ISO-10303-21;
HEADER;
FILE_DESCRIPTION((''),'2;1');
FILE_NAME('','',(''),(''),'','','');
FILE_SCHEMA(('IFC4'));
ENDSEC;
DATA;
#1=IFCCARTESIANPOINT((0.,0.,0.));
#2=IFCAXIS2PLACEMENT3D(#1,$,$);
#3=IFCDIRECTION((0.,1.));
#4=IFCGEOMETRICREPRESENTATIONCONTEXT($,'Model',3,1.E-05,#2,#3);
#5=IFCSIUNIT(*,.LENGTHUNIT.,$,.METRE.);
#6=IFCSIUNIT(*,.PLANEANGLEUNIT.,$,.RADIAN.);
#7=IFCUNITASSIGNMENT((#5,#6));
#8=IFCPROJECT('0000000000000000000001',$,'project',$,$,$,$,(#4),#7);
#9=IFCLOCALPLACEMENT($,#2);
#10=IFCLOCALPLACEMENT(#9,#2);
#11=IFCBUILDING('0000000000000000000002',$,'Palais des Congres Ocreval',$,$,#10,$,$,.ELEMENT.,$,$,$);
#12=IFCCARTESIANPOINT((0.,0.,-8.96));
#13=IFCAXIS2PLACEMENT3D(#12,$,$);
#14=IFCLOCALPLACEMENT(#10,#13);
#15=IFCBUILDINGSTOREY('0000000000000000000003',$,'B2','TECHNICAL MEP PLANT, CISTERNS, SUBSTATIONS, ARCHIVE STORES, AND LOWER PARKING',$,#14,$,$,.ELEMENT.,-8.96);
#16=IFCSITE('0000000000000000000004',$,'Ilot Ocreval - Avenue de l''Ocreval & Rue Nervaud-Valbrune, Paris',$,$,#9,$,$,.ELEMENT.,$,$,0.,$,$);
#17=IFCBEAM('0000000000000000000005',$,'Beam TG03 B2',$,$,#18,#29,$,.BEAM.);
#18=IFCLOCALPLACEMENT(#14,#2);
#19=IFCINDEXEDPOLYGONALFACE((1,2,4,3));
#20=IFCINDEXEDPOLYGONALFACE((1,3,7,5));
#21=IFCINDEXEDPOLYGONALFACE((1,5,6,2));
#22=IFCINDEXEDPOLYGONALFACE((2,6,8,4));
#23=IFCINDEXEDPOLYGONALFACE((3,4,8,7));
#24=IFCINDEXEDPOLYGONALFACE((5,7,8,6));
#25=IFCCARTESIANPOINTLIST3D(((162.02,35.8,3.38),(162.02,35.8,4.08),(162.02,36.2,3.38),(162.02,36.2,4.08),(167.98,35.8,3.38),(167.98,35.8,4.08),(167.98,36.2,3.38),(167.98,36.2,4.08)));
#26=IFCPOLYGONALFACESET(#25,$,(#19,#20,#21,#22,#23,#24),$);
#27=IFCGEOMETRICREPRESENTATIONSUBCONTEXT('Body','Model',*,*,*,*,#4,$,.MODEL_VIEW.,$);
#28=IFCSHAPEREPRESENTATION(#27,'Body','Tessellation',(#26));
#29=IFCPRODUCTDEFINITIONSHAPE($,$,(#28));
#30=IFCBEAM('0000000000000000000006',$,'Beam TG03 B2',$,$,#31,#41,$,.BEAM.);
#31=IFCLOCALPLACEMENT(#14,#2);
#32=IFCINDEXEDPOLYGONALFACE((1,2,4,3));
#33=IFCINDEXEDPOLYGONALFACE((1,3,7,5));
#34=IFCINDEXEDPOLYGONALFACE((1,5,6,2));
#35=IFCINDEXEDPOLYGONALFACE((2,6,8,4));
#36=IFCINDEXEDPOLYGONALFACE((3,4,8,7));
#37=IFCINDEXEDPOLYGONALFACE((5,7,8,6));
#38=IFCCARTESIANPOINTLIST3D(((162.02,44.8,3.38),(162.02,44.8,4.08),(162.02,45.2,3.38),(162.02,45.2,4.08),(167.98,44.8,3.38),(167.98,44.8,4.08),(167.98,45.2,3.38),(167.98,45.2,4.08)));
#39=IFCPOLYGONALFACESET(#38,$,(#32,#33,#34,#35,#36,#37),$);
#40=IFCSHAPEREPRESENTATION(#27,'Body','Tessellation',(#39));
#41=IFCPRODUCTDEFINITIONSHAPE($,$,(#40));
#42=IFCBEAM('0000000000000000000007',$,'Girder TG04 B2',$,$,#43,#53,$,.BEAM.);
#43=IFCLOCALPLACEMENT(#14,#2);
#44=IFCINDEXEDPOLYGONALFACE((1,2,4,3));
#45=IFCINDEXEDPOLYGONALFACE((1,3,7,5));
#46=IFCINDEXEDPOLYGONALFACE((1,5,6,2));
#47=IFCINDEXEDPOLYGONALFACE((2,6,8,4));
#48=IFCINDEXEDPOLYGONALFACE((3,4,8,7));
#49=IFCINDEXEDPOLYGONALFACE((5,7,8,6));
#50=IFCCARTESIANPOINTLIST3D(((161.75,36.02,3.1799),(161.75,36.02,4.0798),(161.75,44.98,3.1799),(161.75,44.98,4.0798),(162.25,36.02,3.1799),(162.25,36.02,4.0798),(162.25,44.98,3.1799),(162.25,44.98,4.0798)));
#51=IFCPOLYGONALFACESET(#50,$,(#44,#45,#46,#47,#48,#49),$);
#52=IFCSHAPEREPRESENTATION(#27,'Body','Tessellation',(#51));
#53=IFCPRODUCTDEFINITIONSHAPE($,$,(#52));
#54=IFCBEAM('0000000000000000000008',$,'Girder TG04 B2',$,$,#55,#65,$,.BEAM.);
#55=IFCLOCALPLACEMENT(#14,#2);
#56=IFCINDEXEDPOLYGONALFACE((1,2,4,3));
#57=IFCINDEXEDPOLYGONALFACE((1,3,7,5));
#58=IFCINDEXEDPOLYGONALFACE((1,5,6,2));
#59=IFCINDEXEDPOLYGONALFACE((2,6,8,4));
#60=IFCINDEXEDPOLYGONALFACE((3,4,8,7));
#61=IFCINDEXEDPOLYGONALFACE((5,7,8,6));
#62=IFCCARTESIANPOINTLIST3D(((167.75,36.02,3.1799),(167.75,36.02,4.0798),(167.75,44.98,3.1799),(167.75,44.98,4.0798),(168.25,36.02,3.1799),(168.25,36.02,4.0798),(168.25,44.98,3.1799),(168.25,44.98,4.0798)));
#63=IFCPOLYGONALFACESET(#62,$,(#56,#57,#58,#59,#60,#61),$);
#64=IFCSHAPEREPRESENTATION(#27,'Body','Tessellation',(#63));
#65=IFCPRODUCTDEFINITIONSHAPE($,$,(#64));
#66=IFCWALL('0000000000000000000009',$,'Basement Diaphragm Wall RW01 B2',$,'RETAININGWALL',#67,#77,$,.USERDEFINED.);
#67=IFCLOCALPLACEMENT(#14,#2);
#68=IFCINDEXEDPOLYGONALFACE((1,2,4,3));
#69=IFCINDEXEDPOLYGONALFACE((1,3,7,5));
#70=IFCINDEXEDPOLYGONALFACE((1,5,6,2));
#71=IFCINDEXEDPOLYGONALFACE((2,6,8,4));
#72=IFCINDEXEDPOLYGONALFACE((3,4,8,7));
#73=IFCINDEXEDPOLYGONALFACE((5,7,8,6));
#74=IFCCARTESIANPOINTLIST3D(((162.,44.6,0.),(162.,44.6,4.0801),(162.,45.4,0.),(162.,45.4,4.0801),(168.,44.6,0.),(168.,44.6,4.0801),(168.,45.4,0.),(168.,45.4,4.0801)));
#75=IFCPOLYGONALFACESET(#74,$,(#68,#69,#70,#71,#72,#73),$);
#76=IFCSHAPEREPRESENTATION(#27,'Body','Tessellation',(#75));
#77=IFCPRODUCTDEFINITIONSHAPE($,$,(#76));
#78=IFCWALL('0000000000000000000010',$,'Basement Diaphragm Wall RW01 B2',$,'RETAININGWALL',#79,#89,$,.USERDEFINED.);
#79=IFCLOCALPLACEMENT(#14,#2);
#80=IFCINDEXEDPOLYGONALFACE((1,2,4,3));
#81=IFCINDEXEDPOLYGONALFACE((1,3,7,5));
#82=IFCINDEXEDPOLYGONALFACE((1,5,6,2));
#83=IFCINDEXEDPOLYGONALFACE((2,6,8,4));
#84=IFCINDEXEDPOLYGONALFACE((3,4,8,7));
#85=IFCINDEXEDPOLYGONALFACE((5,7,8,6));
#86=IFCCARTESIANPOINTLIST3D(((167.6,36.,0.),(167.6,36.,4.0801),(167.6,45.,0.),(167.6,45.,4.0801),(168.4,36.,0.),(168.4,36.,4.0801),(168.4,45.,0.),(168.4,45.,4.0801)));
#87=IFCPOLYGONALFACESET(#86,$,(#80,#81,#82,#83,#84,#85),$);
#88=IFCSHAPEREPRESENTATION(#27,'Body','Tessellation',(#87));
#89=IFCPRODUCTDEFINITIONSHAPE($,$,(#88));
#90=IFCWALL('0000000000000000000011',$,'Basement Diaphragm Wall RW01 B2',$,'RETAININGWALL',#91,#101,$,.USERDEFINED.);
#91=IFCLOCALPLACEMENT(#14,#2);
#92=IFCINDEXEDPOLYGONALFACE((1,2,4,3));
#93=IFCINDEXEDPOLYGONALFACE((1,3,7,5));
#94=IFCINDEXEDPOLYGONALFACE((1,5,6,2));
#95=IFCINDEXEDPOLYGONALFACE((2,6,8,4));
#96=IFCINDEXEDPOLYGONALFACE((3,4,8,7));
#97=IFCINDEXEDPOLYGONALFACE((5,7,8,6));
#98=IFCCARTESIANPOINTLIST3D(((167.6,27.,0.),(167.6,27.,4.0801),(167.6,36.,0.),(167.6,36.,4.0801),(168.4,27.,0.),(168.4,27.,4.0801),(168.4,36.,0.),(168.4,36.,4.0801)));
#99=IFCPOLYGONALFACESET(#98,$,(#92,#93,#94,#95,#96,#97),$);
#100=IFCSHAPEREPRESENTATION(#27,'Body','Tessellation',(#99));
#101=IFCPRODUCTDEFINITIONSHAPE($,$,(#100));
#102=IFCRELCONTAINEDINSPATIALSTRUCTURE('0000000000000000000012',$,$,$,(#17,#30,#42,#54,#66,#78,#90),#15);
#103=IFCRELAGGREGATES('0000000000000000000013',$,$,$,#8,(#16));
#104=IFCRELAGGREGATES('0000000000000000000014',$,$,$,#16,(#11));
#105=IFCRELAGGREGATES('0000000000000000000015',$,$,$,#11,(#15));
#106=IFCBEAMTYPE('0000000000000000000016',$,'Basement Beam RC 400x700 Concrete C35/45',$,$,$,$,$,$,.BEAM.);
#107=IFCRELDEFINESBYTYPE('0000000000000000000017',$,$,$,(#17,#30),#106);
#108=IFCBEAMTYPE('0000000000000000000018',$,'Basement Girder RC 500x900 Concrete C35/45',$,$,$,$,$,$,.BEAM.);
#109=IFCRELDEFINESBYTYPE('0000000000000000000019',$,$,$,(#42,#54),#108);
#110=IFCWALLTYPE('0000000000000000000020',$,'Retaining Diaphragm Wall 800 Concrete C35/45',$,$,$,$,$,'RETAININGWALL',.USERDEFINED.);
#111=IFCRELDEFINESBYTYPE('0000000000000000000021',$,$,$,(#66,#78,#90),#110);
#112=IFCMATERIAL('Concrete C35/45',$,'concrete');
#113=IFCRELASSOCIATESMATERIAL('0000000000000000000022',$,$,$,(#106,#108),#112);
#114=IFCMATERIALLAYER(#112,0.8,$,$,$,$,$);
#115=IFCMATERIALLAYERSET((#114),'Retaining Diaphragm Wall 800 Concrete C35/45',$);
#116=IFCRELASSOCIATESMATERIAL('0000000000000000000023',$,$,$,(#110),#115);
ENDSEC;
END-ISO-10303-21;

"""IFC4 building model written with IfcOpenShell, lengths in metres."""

from ifc_helpers import new_model, si_unit, direction, frame, frame_2d, origin, origin_2d, place, context, subcontext, project, spatial, rectangle, extrude, material, layer, layer_set, material_profile, profile_set, type_object, element, save


model = new_model("IFC4")

# Units and contexts
model_context = context("Model", 3, precision=1e-05, world=origin(), true_north=direction((0.0, 1.0)))
body_context = subcontext(model_context, "Body", "Model", "MODEL_VIEW")
ifc_project = project(units=[si_unit("LENGTHUNIT", "METRE"), si_unit("PLANEANGLEUNIT", "RADIAN")], contexts=[model_context])

# Site, building, storey
site_placement = place(None, origin())
site = spatial("IfcSite", under=ifc_project, at=site_placement, Name="Ilot Ocreval - Avenue de l'Ocreval & Rue Nervaud-Valbrune, Paris", CompositionType="ELEMENT", RefElevation=0.0)
building_placement = place(site_placement, origin())
building = spatial("IfcBuilding", under=site, at=building_placement, Name="Palais des Congres Ocreval", CompositionType="ELEMENT")
storey_placement = place(building_placement, frame((0.0, 0.0, -8.96)))
storey = spatial("IfcBuildingStorey", under=building, at=storey_placement, Name="B2", Description="TECHNICAL MEP PLANT, CISTERNS, SUBSTATIONS, ARCHIVE STORES, AND LOWER PARKING", CompositionType="ELEMENT", Elevation=-8.96)

# Shared definitions
ifc_material_1 = material(Name="Concrete C35/45", Category="concrete")

# Beams
ifc_material_profile_1 = material_profile(ifc_material_1, rectangle(XDim=0.3999, YDim=0.7, at=origin_2d()), Name="RC 400x700")
ifc_profile_set_1 = profile_set([ifc_material_profile_1], Name="Concrete C35/45")
beam_type_1 = type_object("IfcBeamType", Name="Basement Beam RC 400x700 Concrete C35/45", PredefinedType="BEAM", material=ifc_profile_set_1)
for number, where, z_axis, x_axis, name in (
    (1, (162.02, 36.0, 3.73), (1.0, 0.0, 0.0), (0.0, 1.0, 0.0), "Beam TG03 B2"),
    (2, (162.02, 45.0, 3.73), (1.0, 0.0, 0.0), (0.0, 1.0, 0.0), "Beam TG03 B2"),
):
    element("IfcBeam", number, at=place(storey_placement, frame(where, z_axis=z_axis, x_axis=x_axis)), inside=storey, type_object=beam_type_1, Name=name, PredefinedType="BEAM", context=body_context, shape_type="SweptSolid", body=[
        extrude(rectangle(XDim=0.3999, YDim=0.7, at=origin_2d()), origin(), (0.0, 0.0, 1.0), 5.96),
    ])
ifc_material_profile_2 = material_profile(ifc_material_1, rectangle(XDim=0.5, YDim=0.8999, at=origin_2d()), Name="RC 500x900")
ifc_profile_set_2 = profile_set([ifc_material_profile_2], Name="Concrete C35/45")
beam_type_2 = type_object("IfcBeamType", Name="Basement Girder RC 500x900 Concrete C35/45", PredefinedType="BEAM", material=ifc_profile_set_2)
for number, where, z_axis, x_axis, name in (
    (3, (162.0, 36.02, 3.6299), (0.0, 1.0, 0.0), (-1.0, 0.0, 0.0), "Girder TG04 B2"),
    (4, (168.0, 36.02, 3.6299), (0.0, 1.0, 0.0), (-1.0, 0.0, 0.0), "Girder TG04 B2"),
):
    element("IfcBeam", number, at=place(storey_placement, frame(where, z_axis=z_axis, x_axis=x_axis)), inside=storey, type_object=beam_type_2, Name=name, PredefinedType="BEAM", context=body_context, shape_type="SweptSolid", body=[
        extrude(rectangle(XDim=0.5, YDim=0.8999, at=origin_2d()), origin(), (0.0, 0.0, 1.0), 8.96),
    ])

# Walls
ifc_layer = layer(ifc_material_1, 0.8)
ifc_layer_set = layer_set([ifc_layer], Name="Retaining Diaphragm Wall 800 Concrete C35/45")
wall_type = type_object("IfcWallType", Name="Retaining Diaphragm Wall 800 Concrete C35/45", ElementType="RETAININGWALL", PredefinedType="USERDEFINED", material=ifc_layer_set)
wall_placement = place(storey_placement, frame((162.0, 45.0, 0.0), z_axis=(0.0, 0.0, 1.0), x_axis=(1.0, 0.0, 0.0)))
element("IfcWall", 5, at=wall_placement, inside=storey, type_object=wall_type, Name="Basement Diaphragm Wall RW01 B2", ObjectType="RETAININGWALL", PredefinedType="USERDEFINED", context=body_context, shape_type="SweptSolid", body=[
    extrude(rectangle(XDim=6.0, YDim=0.8, at=frame_2d((3.0, 0.0))), origin(), (0.0, 0.0, 1.0), 4.0801),
])
for number, where, z_axis, x_axis, name in (
    (6, (168.0, 45.0, 0.0), (0.0, 0.0, 1.0), (0.0, -1.0, 0.0), "Basement Diaphragm Wall RW01 B2"),
    (7, (168.0, 36.0, 0.0), (0.0, 0.0, 1.0), (0.0, -1.0, 0.0), "Basement Diaphragm Wall RW01 B2"),
):
    element("IfcWall", number, at=place(storey_placement, frame(where, z_axis=z_axis, x_axis=x_axis)), inside=storey, type_object=wall_type, Name=name, ObjectType="RETAININGWALL", PredefinedType="USERDEFINED", context=body_context, shape_type="SweptSolid", body=[
        extrude(rectangle(XDim=9.0, YDim=0.8, at=frame_2d((4.5, 0.0))), origin(), (0.0, 0.0, 1.0), 4.0801),
    ])

save(model, "model.ifc")
